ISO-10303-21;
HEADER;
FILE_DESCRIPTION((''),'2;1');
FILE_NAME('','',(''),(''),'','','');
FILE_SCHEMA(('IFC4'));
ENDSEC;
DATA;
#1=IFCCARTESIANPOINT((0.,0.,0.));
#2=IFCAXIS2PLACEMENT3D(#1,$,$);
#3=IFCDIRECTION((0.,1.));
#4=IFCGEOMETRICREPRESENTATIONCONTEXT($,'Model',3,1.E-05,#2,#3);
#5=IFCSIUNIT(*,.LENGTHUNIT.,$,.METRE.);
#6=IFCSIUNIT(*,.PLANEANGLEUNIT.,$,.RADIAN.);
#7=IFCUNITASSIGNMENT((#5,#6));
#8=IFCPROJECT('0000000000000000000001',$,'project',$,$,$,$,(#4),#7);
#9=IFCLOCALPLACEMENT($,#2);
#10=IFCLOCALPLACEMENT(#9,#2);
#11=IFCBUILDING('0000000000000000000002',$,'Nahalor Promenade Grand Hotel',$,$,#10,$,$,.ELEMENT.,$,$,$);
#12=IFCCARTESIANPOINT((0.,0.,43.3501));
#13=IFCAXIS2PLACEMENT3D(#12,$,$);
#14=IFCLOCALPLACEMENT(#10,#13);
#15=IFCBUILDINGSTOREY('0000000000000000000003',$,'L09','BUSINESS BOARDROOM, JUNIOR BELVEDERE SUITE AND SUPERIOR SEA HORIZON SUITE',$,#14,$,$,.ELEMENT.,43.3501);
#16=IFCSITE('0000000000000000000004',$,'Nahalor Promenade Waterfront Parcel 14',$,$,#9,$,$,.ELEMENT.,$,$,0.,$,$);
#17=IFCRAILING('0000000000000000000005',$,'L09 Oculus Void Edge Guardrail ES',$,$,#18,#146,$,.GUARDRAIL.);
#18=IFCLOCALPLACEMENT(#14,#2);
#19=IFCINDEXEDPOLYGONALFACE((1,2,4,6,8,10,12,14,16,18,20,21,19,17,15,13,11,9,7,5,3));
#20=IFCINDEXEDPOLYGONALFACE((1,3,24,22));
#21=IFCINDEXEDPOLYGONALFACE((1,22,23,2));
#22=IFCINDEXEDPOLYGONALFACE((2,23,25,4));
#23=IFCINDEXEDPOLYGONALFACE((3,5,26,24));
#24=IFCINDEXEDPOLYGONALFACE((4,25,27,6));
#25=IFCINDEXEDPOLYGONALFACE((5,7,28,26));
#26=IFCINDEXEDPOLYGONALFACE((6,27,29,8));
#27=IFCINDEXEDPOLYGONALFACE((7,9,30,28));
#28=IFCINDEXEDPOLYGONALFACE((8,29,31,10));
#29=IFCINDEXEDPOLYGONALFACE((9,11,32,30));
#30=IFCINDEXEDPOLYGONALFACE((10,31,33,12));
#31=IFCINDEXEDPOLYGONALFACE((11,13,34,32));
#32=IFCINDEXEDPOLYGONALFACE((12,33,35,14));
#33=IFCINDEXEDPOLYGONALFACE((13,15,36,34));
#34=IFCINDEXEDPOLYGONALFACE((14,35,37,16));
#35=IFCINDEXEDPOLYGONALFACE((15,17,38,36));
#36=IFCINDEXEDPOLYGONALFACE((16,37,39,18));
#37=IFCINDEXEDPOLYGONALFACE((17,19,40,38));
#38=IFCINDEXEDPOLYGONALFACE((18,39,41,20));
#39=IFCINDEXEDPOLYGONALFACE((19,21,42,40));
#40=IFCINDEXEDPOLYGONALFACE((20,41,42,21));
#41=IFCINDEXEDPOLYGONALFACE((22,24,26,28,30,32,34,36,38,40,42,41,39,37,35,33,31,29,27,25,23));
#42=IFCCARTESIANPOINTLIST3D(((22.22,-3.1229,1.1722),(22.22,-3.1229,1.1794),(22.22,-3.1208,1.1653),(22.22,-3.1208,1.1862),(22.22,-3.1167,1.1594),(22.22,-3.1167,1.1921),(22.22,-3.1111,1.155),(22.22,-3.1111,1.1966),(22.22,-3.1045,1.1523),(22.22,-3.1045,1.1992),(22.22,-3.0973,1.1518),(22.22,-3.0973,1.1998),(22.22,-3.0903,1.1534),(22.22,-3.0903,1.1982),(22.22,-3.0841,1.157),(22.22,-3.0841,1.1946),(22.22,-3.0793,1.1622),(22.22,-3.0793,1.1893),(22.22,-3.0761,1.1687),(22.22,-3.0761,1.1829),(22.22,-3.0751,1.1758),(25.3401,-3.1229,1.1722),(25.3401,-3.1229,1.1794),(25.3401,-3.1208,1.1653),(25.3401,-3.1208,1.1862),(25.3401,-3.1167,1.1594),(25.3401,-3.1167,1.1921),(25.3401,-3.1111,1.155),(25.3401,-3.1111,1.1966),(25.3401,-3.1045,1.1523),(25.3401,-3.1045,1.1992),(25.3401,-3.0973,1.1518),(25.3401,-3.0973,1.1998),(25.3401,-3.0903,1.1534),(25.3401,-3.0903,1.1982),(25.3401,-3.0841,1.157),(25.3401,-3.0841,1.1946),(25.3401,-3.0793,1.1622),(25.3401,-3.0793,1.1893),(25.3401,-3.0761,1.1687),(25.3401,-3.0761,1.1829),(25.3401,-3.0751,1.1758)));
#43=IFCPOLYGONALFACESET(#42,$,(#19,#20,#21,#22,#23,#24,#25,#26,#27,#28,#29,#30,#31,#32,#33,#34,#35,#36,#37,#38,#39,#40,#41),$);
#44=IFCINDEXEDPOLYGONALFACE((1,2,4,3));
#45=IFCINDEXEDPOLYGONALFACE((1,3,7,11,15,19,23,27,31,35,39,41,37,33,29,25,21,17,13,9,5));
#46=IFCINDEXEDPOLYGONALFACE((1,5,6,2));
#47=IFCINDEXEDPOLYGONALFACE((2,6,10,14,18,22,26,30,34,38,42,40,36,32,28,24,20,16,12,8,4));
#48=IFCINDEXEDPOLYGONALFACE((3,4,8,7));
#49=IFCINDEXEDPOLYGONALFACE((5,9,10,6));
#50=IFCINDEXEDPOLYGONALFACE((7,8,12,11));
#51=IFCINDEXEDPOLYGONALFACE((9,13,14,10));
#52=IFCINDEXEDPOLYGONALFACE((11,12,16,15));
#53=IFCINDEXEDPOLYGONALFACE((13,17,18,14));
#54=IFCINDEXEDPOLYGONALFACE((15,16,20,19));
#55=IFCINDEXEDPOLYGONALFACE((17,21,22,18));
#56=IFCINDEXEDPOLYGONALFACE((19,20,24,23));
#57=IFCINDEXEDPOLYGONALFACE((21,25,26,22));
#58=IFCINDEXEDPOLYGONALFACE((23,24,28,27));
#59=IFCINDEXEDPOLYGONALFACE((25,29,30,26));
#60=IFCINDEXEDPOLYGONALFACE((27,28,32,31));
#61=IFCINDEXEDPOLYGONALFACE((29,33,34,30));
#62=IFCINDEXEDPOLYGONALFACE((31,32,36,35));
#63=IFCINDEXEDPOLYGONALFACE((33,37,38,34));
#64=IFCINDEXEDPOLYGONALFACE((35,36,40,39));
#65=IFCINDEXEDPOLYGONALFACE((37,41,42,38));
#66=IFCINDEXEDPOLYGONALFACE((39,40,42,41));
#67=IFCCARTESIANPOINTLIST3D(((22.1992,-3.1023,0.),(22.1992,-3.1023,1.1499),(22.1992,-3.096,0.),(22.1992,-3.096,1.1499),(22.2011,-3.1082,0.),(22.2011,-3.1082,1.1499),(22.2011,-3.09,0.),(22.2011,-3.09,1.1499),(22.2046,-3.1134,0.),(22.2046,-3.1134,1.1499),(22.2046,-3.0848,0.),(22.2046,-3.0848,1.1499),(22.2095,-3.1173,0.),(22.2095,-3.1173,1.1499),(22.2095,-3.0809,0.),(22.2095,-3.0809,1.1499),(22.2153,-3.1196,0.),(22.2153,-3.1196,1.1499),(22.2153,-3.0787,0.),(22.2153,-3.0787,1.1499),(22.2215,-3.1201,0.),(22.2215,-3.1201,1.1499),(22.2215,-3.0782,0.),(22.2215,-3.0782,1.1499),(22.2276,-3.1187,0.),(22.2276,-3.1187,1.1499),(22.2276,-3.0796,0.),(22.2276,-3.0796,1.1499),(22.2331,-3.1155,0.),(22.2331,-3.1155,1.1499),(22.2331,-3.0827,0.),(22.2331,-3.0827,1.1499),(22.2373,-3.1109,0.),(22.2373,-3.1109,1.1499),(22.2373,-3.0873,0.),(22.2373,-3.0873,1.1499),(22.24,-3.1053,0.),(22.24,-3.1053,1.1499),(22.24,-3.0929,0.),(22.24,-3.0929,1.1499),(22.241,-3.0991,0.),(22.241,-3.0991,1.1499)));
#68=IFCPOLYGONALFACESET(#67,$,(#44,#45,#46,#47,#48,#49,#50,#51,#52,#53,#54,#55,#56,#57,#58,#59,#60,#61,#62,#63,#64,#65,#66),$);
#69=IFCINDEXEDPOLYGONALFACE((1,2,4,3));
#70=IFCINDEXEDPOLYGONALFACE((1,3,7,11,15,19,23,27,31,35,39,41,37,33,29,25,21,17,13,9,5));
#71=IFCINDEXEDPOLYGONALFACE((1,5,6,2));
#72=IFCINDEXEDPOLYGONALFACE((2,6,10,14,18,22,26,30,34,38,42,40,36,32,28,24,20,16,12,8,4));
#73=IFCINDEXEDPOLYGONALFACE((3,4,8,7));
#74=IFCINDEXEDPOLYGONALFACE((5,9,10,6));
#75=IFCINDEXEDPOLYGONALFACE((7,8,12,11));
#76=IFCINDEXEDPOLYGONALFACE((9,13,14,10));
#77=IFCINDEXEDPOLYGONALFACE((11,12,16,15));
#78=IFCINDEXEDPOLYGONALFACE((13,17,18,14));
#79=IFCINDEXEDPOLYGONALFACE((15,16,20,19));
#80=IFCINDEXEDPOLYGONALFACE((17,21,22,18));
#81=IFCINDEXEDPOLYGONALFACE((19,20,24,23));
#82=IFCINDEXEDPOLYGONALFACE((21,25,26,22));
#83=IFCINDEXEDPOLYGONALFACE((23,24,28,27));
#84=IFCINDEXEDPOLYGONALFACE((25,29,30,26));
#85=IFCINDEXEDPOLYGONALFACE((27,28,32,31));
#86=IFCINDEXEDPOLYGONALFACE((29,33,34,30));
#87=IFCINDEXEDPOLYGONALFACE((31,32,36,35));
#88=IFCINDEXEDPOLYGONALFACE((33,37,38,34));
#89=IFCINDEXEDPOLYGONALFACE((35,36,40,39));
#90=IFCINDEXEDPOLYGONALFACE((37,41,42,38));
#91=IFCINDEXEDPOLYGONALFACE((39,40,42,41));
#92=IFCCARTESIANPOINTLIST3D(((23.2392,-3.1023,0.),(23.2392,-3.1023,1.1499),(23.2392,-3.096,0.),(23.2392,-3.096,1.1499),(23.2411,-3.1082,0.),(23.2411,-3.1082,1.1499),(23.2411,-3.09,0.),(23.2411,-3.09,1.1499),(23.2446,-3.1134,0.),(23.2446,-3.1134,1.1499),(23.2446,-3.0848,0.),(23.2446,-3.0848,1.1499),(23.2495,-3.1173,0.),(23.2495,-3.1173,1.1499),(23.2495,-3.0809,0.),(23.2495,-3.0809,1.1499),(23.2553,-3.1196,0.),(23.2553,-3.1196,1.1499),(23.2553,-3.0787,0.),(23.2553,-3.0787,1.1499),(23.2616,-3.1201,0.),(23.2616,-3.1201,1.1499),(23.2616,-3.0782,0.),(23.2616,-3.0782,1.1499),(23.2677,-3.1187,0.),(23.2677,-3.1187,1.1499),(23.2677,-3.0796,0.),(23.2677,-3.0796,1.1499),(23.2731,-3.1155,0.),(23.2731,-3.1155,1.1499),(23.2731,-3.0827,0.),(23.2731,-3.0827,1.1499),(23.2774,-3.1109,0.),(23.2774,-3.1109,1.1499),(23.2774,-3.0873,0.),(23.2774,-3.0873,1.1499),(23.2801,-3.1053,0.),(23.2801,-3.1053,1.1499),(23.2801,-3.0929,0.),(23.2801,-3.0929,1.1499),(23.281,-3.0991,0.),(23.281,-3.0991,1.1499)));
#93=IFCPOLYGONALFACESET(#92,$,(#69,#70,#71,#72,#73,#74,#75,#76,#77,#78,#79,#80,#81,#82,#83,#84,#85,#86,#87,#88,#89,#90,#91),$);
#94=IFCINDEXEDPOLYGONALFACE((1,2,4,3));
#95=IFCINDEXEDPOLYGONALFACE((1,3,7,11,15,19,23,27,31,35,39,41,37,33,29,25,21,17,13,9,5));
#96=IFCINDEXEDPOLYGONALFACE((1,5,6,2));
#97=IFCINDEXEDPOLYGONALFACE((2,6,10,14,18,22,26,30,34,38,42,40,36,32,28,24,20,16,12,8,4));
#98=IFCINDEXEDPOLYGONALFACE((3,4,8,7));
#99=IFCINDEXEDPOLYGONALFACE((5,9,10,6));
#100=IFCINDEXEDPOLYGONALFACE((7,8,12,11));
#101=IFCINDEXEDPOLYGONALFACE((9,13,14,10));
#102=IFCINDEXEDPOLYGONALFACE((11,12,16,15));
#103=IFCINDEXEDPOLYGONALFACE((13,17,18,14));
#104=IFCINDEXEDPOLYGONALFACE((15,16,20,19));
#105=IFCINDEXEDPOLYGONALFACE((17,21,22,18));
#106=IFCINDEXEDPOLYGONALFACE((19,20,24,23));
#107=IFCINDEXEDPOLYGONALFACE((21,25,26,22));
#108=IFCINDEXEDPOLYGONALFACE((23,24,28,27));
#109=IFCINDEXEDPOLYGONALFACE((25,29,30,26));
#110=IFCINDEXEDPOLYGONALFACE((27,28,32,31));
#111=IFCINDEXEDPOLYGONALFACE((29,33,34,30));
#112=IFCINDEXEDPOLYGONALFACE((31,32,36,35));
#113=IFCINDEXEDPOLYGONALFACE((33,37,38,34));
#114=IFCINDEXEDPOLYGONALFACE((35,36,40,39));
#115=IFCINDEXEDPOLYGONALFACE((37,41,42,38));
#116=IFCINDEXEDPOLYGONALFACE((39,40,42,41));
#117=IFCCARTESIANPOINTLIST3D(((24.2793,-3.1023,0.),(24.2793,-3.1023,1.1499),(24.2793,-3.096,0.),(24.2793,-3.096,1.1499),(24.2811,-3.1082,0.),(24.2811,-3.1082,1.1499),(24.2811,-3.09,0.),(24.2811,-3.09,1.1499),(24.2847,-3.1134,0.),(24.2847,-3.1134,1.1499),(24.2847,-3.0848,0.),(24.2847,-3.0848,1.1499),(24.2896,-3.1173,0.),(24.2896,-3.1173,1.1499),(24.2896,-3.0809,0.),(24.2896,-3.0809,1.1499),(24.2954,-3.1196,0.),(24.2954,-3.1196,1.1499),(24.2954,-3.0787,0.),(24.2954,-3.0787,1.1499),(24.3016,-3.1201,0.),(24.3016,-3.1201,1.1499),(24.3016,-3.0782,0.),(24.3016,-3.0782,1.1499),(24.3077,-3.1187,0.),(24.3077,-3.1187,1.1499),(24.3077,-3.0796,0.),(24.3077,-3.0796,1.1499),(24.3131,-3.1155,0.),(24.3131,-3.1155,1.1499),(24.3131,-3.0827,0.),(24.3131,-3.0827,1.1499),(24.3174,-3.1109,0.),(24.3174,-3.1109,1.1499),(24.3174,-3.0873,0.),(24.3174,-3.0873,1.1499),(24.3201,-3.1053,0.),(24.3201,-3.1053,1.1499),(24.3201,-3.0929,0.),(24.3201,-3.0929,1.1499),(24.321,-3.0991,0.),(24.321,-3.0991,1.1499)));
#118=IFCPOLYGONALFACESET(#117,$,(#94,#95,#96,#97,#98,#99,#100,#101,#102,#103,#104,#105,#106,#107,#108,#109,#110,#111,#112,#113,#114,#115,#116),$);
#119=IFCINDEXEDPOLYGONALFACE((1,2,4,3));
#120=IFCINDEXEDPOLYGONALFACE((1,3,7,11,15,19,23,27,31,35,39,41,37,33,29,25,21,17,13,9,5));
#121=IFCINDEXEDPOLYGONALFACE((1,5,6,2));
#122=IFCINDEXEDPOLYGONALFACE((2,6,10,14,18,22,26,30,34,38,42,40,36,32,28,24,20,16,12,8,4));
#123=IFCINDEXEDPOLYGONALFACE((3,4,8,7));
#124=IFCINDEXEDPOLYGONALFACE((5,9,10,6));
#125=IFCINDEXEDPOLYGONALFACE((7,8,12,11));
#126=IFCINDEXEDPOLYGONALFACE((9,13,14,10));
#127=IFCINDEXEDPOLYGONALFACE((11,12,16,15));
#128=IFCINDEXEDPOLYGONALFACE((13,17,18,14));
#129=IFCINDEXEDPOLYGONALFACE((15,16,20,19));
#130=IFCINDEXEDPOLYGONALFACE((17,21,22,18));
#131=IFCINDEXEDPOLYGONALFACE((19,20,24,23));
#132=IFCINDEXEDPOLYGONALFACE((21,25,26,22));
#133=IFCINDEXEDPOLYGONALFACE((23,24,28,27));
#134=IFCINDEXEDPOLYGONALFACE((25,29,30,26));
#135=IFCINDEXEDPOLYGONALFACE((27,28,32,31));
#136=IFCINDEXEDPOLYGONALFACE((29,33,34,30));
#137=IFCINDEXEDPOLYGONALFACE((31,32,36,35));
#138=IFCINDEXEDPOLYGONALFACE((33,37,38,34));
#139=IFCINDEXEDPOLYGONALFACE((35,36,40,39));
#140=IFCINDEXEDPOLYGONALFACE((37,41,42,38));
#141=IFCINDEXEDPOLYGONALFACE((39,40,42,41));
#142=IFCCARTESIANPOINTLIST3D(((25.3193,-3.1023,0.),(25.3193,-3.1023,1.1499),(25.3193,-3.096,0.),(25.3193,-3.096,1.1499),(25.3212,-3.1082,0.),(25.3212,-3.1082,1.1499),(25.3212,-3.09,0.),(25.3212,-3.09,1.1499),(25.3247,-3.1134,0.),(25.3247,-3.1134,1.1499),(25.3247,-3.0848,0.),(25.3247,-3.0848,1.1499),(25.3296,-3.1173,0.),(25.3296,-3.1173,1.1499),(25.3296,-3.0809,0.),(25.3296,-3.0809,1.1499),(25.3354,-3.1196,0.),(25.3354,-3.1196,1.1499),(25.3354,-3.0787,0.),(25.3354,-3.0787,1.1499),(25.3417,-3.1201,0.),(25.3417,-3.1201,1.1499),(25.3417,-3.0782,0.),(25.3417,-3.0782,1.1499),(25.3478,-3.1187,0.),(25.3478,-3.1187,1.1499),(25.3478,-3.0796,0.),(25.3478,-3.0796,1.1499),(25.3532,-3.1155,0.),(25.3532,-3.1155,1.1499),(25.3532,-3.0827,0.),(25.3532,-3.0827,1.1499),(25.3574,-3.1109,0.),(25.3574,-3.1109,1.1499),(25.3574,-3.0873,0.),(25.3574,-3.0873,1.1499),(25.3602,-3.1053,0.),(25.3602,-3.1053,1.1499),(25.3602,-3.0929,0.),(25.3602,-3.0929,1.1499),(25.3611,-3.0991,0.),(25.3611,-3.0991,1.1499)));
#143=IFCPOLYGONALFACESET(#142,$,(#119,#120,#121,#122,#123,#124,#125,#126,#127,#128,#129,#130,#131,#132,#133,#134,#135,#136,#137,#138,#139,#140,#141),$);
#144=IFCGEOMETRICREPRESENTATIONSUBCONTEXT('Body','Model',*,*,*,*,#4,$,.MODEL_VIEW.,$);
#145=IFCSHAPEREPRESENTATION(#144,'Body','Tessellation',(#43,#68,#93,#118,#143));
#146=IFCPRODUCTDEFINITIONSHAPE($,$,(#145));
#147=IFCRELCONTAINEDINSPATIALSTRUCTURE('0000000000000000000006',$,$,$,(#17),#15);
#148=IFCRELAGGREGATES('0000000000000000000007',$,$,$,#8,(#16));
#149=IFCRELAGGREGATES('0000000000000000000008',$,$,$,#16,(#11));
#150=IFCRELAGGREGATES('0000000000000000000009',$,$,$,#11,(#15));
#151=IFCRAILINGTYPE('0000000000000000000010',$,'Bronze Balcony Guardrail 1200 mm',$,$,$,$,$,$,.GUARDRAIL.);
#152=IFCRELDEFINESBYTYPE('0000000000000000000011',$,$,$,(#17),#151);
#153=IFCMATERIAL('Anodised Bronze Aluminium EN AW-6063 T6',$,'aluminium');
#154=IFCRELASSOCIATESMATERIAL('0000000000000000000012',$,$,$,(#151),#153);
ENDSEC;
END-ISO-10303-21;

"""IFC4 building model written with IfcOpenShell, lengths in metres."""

from ifc_helpers import new_model, si_unit, direction, frame, origin, origin_2d, place, context, subcontext, project, spatial, circle, extrude, material, type_object, element, save


model = new_model("IFC4")

# Units and contexts
model_context = context("Model", 3, precision=1e-05, world=origin(), true_north=direction((0.0, 1.0)))
body_context = subcontext(model_context, "Body", "Model", "MODEL_VIEW")
ifc_project = project(units=[si_unit("LENGTHUNIT", "METRE"), si_unit("PLANEANGLEUNIT", "RADIAN")], contexts=[model_context])

# Site, building, storey
site_placement = place(None, origin())
site = spatial("IfcSite", under=ifc_project, at=site_placement, Name="Nahalor Promenade Waterfront Parcel 14", CompositionType="ELEMENT", RefElevation=0.0)
building_placement = place(site_placement, origin())
building = spatial("IfcBuilding", under=site, at=building_placement, Name="Nahalor Promenade Grand Hotel", CompositionType="ELEMENT")
storey_placement = place(building_placement, frame((0.0, 0.0, 43.3501)))
storey = spatial("IfcBuildingStorey", under=building, at=storey_placement, Name="L09", Description="BUSINESS BOARDROOM, JUNIOR BELVEDERE SUITE AND SUPERIOR SEA HORIZON SUITE", CompositionType="ELEMENT", Elevation=43.3501)

# Shared definitions
ifc_material_1 = material(Name="Anodised Bronze Aluminium EN AW-6063 T6", Category="aluminium")

# Railing
railing_type = type_object("IfcRailingType", Name="Bronze Balcony Guardrail 1200 mm", PredefinedType="GUARDRAIL", material=ifc_material_1)
railing_placement = place(storey_placement, frame((22.22, -3.0991, 0.0)))
element("IfcRailing", 1, at=railing_placement, inside=storey, type_object=railing_type, Name="L09 Oculus Void Edge Guardrail ES", PredefinedType="GUARDRAIL", context=body_context, shape_type="SweptSolid", body=[
    extrude(circle(Radius=0.024, at=origin_2d()), frame((0.0, 0.0, 1.1758), z_axis=(1.0, 0.0, 0.0), x_axis=(0.0, 1.0, 0.0)), (0.0, 0.0, 1.0), 3.1201),
    extrude(circle(Radius=0.021, at=origin_2d()), origin(), (0.0, 0.0, 1.0), 1.1499),
    extrude(circle(Radius=0.021, at=origin_2d()), frame((1.04, 0.0, 0.0)), (0.0, 0.0, 1.0), 1.1499),
    extrude(circle(Radius=0.021, at=origin_2d()), frame((2.0801, 0.0, 0.0)), (0.0, 0.0, 1.0), 1.1499),
    extrude(circle(Radius=0.021, at=origin_2d()), frame((3.1201, 0.0, 0.0)), (0.0, 0.0, 1.0), 1.1499),
])

save(model, "model.ifc")
